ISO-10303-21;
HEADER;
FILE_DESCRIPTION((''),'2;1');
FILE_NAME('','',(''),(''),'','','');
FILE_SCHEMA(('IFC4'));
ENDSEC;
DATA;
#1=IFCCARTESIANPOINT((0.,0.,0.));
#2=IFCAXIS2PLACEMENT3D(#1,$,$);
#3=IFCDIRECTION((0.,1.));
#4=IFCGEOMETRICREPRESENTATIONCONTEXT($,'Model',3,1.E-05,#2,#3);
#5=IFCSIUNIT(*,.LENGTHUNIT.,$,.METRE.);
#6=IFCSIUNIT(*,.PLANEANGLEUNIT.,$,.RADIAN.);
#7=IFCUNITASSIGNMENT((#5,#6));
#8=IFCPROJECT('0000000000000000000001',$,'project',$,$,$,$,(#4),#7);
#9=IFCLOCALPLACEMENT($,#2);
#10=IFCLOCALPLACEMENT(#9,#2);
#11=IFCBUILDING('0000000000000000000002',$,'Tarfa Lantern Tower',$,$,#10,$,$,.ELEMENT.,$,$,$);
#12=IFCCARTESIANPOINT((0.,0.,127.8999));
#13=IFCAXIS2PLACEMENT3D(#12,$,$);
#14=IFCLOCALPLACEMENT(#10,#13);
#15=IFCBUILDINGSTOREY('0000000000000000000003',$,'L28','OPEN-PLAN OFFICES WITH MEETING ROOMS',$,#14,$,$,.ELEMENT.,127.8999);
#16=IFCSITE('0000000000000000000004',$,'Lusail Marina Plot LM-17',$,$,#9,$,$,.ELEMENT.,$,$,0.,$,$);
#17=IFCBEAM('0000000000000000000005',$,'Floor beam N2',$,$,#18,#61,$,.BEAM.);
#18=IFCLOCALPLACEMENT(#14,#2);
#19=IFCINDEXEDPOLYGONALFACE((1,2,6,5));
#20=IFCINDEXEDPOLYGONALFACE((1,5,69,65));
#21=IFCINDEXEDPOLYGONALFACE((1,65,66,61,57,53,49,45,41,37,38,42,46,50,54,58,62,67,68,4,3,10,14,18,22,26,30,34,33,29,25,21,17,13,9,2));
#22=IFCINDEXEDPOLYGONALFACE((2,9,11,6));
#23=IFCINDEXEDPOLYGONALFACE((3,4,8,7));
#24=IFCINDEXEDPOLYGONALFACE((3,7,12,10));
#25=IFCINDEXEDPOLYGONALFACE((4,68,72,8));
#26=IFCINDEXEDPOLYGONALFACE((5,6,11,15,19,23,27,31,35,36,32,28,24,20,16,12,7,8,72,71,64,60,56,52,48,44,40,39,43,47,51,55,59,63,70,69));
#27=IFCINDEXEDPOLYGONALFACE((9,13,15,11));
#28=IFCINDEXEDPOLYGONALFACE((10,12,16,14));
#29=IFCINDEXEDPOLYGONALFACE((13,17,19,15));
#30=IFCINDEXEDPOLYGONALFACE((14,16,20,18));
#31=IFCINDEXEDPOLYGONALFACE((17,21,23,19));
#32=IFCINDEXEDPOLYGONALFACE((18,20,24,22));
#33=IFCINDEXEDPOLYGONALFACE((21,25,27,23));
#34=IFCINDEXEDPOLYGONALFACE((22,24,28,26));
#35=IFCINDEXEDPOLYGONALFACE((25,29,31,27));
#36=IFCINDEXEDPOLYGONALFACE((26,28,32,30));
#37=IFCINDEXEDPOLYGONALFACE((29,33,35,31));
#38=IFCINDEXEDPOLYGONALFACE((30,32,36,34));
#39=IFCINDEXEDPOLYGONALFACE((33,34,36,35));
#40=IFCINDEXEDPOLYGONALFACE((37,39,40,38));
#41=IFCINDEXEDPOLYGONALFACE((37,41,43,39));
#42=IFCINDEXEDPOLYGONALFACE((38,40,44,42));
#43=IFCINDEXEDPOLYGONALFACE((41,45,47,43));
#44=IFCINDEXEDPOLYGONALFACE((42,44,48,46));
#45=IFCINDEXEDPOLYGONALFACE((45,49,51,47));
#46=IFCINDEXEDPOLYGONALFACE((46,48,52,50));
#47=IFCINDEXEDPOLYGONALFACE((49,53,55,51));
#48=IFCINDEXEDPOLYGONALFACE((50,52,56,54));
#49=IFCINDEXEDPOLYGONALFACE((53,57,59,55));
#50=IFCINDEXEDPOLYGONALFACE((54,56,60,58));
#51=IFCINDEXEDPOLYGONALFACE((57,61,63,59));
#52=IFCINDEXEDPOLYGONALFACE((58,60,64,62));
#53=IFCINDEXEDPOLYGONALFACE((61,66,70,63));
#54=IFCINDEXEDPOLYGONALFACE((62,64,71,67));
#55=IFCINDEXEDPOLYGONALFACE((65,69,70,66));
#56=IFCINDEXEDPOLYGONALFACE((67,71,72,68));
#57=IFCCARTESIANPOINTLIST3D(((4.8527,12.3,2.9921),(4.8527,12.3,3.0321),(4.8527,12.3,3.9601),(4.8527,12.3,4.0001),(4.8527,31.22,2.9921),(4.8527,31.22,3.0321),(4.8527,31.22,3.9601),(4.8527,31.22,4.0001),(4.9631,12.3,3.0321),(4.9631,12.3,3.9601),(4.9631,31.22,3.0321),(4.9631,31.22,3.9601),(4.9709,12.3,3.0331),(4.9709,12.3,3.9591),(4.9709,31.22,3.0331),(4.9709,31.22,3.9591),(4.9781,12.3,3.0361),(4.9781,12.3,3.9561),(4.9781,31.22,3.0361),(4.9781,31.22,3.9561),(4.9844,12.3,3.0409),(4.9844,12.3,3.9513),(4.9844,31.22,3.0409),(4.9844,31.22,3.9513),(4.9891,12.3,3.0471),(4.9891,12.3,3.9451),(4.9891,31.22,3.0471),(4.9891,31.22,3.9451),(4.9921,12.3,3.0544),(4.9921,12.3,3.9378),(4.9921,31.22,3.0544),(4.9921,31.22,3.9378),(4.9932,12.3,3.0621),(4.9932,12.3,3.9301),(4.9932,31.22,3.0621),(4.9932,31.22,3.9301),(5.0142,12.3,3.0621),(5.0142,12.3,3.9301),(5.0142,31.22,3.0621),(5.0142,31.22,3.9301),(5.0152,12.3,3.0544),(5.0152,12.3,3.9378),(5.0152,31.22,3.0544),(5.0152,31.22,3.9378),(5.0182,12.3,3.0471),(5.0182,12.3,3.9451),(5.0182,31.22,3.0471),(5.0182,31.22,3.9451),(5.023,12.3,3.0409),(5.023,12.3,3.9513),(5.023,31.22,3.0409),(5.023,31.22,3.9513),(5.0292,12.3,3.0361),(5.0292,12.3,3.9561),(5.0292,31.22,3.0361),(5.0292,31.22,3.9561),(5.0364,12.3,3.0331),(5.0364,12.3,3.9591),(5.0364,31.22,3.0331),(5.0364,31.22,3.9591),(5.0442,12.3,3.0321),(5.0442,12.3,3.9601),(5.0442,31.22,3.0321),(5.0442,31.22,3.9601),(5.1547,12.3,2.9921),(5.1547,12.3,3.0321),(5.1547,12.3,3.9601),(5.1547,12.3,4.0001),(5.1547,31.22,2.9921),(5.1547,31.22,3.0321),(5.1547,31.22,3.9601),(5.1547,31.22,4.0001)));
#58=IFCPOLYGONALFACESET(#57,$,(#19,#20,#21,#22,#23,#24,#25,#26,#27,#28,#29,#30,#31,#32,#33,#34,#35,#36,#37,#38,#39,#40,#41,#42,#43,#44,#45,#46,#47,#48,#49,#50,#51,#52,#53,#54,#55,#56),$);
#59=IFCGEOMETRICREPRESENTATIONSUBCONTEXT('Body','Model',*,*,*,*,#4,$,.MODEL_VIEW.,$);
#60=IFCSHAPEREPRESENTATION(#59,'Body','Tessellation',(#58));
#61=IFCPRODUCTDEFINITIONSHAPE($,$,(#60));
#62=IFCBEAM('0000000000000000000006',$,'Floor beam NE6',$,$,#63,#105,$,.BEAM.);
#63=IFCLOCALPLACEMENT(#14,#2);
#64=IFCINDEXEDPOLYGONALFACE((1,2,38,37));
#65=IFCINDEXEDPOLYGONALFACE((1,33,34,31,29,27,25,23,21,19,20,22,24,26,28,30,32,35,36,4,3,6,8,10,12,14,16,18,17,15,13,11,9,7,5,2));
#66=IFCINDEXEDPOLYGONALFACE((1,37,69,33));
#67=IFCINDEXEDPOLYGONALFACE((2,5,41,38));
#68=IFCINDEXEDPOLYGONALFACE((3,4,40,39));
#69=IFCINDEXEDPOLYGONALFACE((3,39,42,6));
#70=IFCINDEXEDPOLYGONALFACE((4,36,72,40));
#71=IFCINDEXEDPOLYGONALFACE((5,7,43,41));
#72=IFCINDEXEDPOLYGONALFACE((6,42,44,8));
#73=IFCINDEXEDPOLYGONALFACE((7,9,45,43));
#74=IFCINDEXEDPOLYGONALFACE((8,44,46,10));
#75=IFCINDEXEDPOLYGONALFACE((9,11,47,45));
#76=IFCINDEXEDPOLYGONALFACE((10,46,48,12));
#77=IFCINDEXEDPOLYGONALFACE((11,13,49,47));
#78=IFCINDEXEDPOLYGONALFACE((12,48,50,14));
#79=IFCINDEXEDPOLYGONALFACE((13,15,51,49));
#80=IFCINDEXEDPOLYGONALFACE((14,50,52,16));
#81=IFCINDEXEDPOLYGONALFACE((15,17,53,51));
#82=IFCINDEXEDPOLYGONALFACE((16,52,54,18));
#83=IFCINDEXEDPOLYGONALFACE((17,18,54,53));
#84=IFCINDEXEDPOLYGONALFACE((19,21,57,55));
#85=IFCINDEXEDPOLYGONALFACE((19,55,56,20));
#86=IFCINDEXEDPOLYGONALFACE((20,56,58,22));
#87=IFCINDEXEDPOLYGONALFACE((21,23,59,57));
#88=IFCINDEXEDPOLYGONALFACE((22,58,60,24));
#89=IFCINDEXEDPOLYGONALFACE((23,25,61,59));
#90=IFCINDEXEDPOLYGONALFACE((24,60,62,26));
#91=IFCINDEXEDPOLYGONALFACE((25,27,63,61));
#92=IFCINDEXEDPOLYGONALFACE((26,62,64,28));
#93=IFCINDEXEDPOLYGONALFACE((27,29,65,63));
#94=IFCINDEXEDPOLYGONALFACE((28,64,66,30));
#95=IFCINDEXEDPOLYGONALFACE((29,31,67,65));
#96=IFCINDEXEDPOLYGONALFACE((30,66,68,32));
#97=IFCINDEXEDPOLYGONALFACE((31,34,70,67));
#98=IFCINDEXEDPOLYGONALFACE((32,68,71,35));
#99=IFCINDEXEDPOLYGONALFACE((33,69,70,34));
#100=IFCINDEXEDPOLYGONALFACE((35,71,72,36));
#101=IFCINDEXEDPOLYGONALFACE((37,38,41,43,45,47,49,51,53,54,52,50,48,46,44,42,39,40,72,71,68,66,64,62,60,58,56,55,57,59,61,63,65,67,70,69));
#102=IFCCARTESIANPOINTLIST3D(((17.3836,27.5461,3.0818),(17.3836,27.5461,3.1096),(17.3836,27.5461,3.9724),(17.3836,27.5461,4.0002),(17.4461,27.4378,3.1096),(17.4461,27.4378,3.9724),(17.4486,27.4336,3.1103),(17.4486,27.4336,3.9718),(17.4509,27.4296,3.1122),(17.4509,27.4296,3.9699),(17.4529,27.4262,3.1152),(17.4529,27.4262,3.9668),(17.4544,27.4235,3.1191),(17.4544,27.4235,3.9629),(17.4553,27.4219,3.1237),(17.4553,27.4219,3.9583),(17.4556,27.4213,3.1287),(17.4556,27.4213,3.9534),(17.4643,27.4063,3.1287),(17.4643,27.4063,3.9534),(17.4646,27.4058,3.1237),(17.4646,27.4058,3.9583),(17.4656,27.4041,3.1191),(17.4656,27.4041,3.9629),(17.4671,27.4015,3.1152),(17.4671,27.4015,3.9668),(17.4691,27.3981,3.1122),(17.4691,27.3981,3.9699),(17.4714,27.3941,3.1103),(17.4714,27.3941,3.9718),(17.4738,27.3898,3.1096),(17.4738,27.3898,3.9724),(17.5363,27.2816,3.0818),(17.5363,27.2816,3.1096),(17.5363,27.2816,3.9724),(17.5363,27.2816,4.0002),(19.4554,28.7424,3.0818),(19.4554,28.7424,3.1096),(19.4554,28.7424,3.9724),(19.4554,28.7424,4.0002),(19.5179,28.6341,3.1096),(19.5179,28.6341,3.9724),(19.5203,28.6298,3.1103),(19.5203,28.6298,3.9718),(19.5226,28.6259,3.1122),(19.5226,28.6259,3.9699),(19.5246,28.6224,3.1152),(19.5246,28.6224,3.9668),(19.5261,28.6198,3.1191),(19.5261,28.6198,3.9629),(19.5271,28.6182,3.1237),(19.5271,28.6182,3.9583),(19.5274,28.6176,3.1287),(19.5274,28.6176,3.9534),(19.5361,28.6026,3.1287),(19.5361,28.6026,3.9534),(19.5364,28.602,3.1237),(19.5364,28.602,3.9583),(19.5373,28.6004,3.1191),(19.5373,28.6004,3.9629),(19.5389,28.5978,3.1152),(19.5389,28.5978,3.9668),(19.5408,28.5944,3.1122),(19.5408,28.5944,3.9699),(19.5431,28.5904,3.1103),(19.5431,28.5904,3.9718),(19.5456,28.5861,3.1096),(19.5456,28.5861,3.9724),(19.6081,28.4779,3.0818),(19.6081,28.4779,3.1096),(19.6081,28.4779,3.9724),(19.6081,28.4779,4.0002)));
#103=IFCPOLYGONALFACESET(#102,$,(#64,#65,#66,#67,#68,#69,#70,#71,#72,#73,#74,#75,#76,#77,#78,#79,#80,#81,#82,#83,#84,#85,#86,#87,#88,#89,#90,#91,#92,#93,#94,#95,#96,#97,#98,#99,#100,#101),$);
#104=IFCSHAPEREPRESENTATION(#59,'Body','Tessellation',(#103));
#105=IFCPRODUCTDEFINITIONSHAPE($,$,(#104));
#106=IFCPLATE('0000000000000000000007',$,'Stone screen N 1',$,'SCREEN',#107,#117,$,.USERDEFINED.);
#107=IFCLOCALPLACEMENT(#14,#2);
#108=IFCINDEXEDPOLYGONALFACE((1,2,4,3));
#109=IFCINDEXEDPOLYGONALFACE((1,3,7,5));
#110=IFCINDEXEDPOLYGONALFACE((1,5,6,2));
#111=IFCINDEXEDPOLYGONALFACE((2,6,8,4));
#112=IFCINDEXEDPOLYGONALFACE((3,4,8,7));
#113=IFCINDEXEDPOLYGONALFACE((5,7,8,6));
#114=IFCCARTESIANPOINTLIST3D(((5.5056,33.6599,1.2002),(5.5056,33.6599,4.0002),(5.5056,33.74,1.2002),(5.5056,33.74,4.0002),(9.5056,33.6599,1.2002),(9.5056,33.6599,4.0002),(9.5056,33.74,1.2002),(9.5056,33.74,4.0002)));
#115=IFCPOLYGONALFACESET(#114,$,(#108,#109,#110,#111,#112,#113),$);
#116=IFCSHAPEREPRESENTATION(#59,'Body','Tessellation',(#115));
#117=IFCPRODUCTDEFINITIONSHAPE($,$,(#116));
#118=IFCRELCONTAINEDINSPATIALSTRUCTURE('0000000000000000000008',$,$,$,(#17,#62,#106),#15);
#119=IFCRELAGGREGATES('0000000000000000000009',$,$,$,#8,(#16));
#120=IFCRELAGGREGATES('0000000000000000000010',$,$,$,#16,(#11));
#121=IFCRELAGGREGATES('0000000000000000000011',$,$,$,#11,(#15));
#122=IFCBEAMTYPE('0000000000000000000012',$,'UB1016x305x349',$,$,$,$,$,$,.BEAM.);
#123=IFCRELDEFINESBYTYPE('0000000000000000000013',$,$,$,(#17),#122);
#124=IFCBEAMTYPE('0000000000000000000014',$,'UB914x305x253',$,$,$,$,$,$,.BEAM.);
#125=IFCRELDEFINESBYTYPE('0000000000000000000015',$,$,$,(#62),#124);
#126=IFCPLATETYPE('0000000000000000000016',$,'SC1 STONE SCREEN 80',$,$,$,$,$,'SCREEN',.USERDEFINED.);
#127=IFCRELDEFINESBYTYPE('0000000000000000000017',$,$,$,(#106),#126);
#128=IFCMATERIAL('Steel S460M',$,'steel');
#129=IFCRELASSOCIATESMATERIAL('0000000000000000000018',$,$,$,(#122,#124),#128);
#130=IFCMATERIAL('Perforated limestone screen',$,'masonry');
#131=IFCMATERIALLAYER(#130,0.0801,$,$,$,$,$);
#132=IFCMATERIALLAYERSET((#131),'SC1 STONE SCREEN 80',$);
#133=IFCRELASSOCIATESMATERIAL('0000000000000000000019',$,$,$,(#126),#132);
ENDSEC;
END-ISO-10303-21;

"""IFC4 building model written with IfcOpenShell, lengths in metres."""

from ifc_helpers import new_model, si_unit, direction, frame, origin, origin_2d, place, context, subcontext, project, spatial, rectangle, i_section, extrude, material, layer, layer_set, material_profile, profile_set, type_object, element, save


model = new_model("IFC4")

# Units and contexts
model_context = context("Model", 3, precision=1e-05, world=origin(), true_north=direction((0.0, 1.0)))
body_context = subcontext(model_context, "Body", "Model", "MODEL_VIEW")
ifc_project = project(units=[si_unit("LENGTHUNIT", "METRE"), si_unit("PLANEANGLEUNIT", "RADIAN")], contexts=[model_context])

# Site, building, storey
site_placement = place(None, origin())
site = spatial("IfcSite", under=ifc_project, at=site_placement, Name="Lusail Marina Plot LM-17", CompositionType="ELEMENT", RefElevation=0.0)
building_placement = place(site_placement, origin())
building = spatial("IfcBuilding", under=site, at=building_placement, Name="Tarfa Lantern Tower", CompositionType="ELEMENT")
storey_placement = place(building_placement, frame((0.0, 0.0, 127.8999)))
storey = spatial("IfcBuildingStorey", under=building, at=storey_placement, Name="L28", Description="OPEN-PLAN OFFICES WITH MEETING ROOMS", CompositionType="ELEMENT", Elevation=127.8999)

# Beams
ifc_material_1 = material(Name="Steel S460M", Category="steel")
ifc_material_profile_1 = material_profile(ifc_material_1, i_section(OverallWidth=0.302, OverallDepth=1.0081, WebThickness=0.021, FlangeThickness=0.04, FilletRadius=0.03, at=origin_2d()), Name="UB1016x305x349")
ifc_profile_set_1 = profile_set([ifc_material_profile_1], Name="Steel S460M")
beam_type_1 = type_object("IfcBeamType", Name="UB1016x305x349", PredefinedType="BEAM", material=ifc_profile_set_1)
for number, where, z_axis, x_axis, name in (
    (1, (5.0037, 31.22, 3.4961), (0.0, -1.0, 0.0), (1.0, 0.0, 0.0), "Floor beam N2"),
):
    element("IfcBeam", number, at=place(storey_placement, frame(where, z_axis=z_axis, x_axis=x_axis)), inside=storey, type_object=beam_type_1, Name=name, PredefinedType="BEAM", context=body_context, shape_type="SweptSolid", body=[
        extrude(i_section(OverallWidth=0.302, OverallDepth=1.0081, WebThickness=0.021, FlangeThickness=0.04, FilletRadius=0.03, at=origin_2d()), origin(), (0.0, 0.0, 1.0), 18.9199),
    ])
ifc_material_profile_2 = material_profile(ifc_material_1, i_section(OverallWidth=0.3054, OverallDepth=0.9185, WebThickness=0.0173, FlangeThickness=0.0278, FilletRadius=0.019, at=origin_2d()), Name="UB914x305x253")
ifc_profile_set_2 = profile_set([ifc_material_profile_2], Name="Steel S460M")
beam_type_2 = type_object("IfcBeamType", Name="UB914x305x253", PredefinedType="BEAM", material=ifc_profile_set_2)
beam_placement = place(storey_placement, frame((19.5317, 28.6101, 3.541), z_axis=(-0.865999, -0.500046, 0.0), x_axis=(0.500046, -0.865999, 0.0)))
element("IfcBeam", 2, at=beam_placement, inside=storey, type_object=beam_type_2, Name="Floor beam NE6", PredefinedType="BEAM", context=body_context, shape_type="SweptSolid", body=[
    extrude(i_section(OverallWidth=0.3054, OverallDepth=0.9185, WebThickness=0.0173, FlangeThickness=0.0278, FilletRadius=0.019, at=origin_2d()), origin(), (0.0, 0.0, 1.0), 2.3923),
])

# Plate
ifc_material_2 = material(Name="Perforated limestone screen", Category="masonry")
ifc_layer_1 = layer(ifc_material_2, 0.0801)
ifc_layer_set_1 = layer_set([ifc_layer_1], Name="SC1 STONE SCREEN 80")
plate_type = type_object("IfcPlateType", Name="SC1 STONE SCREEN 80", ElementType="SCREEN", PredefinedType="USERDEFINED", material=ifc_layer_set_1)
plate_placement = place(storey_placement, frame((7.5056, 33.7, 1.2002), z_axis=(0.0, 0.0, 1.0), x_axis=(-1.0, 0.0, 0.0)))
element("IfcPlate", 3, at=plate_placement, inside=storey, type_object=plate_type, Name="Stone screen N 1", ObjectType="SCREEN", PredefinedType="USERDEFINED", context=body_context, shape_type="SweptSolid", body=[
    extrude(rectangle(XDim=4.0, YDim=0.0801, at=origin_2d()), origin(), (0.0, 0.0, 1.0), 2.8),
])

save(model, "model.ifc")
